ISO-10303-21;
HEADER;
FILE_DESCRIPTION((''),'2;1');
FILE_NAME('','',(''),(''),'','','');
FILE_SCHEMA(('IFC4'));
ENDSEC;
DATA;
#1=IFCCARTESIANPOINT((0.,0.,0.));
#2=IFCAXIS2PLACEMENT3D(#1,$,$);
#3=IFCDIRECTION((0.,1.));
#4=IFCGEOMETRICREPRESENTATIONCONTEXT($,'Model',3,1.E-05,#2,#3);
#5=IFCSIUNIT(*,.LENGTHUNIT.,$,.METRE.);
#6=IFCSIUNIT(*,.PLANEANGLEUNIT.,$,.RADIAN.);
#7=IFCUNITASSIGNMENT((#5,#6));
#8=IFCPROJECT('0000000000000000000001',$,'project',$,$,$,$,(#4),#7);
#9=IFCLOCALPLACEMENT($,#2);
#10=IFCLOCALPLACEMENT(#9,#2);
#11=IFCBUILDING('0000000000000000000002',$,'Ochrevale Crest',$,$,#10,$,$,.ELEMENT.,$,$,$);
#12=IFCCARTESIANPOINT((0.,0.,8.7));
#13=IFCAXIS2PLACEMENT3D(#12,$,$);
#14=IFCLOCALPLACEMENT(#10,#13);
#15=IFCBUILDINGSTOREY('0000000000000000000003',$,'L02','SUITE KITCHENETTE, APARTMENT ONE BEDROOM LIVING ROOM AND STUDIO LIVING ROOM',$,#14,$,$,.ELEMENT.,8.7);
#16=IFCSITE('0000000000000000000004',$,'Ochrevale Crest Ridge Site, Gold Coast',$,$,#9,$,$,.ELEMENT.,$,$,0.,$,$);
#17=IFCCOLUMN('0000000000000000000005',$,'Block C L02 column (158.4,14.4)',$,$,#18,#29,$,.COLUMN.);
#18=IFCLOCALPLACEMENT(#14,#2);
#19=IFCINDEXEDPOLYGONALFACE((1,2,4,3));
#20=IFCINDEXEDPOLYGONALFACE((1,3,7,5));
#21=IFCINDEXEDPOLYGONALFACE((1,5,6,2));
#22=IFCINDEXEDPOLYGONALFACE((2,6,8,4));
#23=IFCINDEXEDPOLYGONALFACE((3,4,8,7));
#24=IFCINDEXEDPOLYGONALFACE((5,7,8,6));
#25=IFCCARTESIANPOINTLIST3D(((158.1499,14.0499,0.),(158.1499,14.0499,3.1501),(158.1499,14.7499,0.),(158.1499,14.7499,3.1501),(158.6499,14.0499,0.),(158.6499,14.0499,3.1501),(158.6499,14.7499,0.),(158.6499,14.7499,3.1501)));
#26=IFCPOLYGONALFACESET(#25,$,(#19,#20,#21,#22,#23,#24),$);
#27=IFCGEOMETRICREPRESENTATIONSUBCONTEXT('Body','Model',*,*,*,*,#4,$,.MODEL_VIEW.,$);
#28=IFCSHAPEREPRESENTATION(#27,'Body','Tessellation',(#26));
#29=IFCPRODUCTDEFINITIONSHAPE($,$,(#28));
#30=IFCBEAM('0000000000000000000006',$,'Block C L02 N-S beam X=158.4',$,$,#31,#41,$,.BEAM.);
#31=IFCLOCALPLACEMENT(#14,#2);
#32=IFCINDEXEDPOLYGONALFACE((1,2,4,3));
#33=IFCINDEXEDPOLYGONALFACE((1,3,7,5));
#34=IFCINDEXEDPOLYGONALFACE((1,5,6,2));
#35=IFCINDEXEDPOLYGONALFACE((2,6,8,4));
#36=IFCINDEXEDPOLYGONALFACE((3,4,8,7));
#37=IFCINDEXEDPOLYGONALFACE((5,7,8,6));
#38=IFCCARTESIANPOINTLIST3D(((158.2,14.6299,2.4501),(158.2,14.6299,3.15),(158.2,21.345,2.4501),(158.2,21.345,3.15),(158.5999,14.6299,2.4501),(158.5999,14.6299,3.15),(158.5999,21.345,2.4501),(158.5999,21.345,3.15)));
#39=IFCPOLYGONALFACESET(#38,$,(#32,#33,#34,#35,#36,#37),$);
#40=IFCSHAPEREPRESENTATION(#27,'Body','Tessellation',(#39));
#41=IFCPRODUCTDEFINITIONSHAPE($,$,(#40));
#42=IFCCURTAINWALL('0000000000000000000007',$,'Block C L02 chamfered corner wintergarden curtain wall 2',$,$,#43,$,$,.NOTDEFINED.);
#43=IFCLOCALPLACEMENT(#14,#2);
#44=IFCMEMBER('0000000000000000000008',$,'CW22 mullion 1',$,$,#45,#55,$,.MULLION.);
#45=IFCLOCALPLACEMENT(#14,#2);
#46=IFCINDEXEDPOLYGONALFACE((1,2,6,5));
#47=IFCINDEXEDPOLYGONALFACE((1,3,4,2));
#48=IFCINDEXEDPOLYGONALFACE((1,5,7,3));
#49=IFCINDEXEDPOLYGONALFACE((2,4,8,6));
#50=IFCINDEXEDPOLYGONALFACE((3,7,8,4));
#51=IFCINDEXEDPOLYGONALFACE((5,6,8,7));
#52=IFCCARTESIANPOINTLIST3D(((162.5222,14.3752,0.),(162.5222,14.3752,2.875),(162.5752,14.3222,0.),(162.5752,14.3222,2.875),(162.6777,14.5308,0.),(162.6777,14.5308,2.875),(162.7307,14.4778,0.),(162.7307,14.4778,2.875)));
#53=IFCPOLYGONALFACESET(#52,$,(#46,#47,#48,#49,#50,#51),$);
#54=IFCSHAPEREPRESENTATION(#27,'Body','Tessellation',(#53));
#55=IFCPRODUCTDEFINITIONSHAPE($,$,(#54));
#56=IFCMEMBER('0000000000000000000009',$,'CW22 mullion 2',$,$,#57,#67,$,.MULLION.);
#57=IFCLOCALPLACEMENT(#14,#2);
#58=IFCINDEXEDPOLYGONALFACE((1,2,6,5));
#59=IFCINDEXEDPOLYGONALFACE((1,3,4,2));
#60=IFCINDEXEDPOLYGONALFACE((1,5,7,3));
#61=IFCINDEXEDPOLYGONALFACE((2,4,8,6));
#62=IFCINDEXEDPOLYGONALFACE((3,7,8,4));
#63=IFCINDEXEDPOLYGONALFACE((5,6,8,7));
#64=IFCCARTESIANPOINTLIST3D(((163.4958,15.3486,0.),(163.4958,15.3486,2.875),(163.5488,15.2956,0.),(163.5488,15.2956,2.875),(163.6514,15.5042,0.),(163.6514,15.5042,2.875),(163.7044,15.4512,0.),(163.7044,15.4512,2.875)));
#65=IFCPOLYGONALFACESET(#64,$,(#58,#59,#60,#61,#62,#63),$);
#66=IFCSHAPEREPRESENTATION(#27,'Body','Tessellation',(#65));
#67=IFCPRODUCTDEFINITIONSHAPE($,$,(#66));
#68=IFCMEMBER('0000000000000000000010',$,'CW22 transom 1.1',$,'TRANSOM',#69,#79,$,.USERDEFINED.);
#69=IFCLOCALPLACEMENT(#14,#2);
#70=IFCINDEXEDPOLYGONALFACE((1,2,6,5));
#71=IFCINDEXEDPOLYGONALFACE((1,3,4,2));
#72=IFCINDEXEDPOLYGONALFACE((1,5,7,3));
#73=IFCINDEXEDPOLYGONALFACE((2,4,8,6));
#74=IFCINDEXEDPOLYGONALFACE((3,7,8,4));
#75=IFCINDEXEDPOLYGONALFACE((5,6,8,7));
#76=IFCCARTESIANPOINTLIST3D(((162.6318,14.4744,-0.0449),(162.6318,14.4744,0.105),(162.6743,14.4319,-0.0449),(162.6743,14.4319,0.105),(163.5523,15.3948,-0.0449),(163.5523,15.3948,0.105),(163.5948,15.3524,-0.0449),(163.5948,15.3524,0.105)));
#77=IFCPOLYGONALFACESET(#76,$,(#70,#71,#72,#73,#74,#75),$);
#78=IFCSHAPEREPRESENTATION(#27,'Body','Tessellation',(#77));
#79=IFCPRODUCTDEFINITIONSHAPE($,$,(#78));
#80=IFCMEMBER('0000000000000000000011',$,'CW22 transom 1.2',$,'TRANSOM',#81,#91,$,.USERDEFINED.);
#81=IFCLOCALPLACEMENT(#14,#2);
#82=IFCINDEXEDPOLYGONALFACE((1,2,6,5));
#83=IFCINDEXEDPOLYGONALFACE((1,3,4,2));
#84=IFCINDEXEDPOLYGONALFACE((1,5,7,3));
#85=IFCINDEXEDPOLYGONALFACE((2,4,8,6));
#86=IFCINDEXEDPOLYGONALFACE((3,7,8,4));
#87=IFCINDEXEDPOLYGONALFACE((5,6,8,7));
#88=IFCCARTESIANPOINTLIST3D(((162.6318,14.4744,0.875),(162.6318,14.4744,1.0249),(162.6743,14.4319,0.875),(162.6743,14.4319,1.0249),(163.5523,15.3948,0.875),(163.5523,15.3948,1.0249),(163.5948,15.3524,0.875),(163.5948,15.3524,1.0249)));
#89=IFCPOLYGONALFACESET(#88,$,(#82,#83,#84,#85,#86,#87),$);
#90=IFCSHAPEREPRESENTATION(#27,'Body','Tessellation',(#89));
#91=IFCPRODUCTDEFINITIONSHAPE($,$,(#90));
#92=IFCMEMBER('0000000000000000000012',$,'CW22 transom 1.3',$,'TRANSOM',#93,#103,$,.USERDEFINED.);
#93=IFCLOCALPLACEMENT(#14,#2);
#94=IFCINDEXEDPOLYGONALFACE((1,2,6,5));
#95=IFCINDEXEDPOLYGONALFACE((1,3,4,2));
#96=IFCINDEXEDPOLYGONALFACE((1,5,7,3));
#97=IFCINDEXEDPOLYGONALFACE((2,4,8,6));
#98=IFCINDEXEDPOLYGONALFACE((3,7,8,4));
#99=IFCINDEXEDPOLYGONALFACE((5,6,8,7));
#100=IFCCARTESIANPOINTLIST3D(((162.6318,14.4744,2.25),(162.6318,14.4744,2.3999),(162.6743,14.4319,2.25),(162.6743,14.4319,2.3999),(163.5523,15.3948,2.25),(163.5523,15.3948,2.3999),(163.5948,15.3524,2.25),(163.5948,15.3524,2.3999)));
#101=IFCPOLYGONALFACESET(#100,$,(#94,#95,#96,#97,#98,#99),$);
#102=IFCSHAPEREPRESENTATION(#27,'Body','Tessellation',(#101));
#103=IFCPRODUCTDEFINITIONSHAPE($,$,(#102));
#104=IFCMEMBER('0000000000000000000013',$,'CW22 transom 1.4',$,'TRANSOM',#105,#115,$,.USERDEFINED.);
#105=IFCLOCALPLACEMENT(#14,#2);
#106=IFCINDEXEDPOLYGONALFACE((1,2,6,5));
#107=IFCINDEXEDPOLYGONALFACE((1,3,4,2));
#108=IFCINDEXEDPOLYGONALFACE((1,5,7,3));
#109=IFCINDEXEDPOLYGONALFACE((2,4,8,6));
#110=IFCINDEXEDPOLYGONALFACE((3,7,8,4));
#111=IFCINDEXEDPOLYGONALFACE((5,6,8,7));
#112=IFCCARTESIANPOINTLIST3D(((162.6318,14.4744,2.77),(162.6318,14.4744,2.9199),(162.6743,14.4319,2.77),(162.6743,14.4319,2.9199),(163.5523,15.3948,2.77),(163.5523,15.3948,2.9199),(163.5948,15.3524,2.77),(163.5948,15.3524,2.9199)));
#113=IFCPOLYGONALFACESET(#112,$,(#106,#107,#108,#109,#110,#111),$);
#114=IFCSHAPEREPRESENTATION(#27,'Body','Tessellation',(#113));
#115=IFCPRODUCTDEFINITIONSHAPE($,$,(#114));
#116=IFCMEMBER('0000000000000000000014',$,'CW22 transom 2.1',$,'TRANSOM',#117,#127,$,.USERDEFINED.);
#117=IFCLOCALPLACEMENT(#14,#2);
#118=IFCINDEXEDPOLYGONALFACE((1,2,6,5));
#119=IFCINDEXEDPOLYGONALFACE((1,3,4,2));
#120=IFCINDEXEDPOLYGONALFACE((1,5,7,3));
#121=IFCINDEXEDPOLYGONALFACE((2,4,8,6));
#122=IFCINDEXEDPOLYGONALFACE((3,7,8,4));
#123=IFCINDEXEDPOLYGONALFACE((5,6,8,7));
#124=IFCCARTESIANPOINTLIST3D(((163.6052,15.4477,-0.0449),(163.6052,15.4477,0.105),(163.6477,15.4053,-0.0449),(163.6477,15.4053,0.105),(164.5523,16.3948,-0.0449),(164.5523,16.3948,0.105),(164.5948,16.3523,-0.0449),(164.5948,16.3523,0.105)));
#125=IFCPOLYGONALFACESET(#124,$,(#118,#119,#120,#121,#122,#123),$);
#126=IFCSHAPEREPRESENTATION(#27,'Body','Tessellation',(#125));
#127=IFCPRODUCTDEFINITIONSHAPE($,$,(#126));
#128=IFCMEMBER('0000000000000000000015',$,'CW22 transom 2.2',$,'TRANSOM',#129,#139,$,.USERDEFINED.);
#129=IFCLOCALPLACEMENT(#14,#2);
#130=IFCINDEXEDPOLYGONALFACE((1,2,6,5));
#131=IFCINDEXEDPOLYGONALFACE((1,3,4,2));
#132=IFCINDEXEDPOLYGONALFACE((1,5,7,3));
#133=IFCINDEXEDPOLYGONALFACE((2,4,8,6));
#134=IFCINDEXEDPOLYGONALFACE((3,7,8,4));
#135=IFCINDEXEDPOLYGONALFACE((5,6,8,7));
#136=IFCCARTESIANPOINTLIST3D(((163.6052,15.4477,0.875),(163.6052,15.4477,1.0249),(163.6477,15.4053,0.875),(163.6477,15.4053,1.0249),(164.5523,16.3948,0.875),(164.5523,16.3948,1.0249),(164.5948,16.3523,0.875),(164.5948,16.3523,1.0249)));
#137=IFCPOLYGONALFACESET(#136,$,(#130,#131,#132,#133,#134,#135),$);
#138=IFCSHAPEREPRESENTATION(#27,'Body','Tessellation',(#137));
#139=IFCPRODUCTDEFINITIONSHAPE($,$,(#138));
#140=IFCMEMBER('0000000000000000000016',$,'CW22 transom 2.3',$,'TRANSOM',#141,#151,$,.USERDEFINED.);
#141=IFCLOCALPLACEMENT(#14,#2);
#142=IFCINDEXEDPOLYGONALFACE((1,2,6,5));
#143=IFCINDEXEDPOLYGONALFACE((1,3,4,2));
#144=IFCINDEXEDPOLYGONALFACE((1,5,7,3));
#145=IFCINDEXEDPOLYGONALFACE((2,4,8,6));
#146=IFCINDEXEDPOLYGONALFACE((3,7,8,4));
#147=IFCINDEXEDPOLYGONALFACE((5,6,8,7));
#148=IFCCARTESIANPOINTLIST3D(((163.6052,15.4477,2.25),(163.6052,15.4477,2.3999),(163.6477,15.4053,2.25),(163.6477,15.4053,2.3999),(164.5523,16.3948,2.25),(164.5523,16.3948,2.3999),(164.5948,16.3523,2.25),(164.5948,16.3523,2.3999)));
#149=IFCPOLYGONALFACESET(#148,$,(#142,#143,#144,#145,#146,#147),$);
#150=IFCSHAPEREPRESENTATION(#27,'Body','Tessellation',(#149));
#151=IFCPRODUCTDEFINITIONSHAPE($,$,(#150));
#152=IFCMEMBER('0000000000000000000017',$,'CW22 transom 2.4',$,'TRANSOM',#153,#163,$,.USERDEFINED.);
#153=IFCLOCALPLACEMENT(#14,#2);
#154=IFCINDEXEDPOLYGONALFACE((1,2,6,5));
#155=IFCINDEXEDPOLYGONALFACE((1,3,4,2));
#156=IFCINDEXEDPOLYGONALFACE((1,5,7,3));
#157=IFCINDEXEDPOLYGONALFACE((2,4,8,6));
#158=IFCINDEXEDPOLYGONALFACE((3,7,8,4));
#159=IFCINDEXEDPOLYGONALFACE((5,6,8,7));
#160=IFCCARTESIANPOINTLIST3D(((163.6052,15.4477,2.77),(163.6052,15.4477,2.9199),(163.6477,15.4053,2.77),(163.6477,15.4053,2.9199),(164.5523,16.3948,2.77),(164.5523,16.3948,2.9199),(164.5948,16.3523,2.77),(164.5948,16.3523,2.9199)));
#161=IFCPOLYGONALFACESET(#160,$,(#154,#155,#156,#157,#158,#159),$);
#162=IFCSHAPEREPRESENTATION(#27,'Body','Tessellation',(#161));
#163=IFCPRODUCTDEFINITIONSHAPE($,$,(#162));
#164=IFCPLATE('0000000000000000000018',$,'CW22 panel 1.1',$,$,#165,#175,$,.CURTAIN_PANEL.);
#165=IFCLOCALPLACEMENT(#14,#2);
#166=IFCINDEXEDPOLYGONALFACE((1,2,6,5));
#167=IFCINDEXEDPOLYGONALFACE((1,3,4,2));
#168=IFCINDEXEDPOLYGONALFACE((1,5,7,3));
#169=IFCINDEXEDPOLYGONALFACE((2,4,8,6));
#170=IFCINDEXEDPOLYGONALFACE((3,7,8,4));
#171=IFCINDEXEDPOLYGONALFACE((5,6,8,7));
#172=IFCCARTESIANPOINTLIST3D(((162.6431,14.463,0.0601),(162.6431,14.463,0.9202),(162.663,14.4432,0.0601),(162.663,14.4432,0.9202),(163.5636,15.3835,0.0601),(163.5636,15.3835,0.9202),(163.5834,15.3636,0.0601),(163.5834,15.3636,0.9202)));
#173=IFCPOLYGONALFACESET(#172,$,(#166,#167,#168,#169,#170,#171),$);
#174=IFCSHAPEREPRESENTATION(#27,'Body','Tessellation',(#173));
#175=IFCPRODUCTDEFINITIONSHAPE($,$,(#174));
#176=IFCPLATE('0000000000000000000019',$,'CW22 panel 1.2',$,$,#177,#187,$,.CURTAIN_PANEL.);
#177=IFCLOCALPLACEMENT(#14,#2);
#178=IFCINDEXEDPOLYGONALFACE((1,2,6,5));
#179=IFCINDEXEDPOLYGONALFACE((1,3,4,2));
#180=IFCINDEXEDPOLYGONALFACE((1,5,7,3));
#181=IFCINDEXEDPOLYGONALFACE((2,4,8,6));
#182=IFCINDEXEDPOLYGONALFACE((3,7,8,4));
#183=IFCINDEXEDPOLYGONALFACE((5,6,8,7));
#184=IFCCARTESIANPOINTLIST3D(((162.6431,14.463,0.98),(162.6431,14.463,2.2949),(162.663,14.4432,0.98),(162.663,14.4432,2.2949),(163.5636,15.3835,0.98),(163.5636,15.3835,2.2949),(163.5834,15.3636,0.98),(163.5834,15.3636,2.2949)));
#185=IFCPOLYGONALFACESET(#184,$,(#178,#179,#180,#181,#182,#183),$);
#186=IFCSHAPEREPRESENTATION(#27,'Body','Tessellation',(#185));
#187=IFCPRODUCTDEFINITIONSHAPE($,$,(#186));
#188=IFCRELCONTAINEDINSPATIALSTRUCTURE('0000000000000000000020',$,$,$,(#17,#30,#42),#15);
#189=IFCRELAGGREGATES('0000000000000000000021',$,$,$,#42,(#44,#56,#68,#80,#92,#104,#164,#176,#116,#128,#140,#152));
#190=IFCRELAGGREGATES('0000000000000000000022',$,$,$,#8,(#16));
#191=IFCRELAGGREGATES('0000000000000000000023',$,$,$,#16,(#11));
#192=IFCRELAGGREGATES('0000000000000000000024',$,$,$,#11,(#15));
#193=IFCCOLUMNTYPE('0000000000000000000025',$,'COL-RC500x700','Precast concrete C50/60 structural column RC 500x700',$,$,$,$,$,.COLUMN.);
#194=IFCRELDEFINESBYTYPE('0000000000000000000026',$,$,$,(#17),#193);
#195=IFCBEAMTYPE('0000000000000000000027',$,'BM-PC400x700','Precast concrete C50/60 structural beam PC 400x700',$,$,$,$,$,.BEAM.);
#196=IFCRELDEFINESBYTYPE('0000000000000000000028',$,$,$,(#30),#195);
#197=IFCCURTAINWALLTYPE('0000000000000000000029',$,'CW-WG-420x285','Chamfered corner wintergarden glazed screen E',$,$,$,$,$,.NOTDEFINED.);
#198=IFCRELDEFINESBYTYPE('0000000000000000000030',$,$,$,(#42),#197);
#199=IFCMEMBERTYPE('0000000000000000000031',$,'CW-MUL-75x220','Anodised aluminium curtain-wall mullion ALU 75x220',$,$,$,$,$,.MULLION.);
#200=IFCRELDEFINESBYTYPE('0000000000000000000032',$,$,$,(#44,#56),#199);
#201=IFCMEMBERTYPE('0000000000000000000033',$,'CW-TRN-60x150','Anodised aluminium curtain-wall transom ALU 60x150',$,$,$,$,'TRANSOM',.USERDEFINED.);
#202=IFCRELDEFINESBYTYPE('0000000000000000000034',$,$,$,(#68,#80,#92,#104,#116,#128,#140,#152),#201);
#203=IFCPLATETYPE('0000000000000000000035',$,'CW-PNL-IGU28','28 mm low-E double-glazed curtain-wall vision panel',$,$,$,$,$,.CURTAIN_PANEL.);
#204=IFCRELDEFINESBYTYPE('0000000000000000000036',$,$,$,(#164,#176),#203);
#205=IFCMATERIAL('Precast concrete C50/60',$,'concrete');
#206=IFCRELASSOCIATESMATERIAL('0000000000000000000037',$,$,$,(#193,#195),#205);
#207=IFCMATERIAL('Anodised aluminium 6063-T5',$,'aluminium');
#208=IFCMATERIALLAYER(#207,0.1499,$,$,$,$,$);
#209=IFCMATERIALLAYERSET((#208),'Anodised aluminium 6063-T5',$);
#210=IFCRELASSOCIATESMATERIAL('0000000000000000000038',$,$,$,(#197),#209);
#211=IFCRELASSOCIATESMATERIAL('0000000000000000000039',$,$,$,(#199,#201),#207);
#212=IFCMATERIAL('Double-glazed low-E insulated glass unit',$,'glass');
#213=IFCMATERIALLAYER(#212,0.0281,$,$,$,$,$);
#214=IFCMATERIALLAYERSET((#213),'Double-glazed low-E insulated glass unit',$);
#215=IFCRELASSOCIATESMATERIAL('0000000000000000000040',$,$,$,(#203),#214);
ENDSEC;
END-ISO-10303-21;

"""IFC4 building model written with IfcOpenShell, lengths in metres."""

from ifc_helpers import new_model, si_unit, direction, frame, origin, origin_2d, place, context, subcontext, project, spatial, rectangle, extrude, material, layer, layer_set, material_profile, profile_set, type_object, element, aggregate, save


model = new_model("IFC4")

# Units and contexts
model_context = context("Model", 3, precision=1e-05, world=origin(), true_north=direction((0.0, 1.0)))
body_context = subcontext(model_context, "Body", "Model", "MODEL_VIEW")
ifc_project = project(units=[si_unit("LENGTHUNIT", "METRE"), si_unit("PLANEANGLEUNIT", "RADIAN")], contexts=[model_context])

# Site, building, storey
site_placement = place(None, origin())
site = spatial("IfcSite", under=ifc_project, at=site_placement, Name="Ochrevale Crest Ridge Site, Gold Coast", CompositionType="ELEMENT", RefElevation=0.0)
building_placement = place(site_placement, origin())
building = spatial("IfcBuilding", under=site, at=building_placement, Name="Ochrevale Crest", CompositionType="ELEMENT")
storey_placement = place(building_placement, frame((0.0, 0.0, 8.7)))
storey = spatial("IfcBuildingStorey", under=building, at=storey_placement, Name="L02", Description="SUITE KITCHENETTE, APARTMENT ONE BEDROOM LIVING ROOM AND STUDIO LIVING ROOM", CompositionType="ELEMENT", Elevation=8.7)

# Column
ifc_material_1 = material(Name="Precast concrete C50/60", Category="concrete")
ifc_material_profile_1 = material_profile(ifc_material_1, rectangle(XDim=0.5, YDim=0.7, at=origin_2d()), Name="RC 500x700")
ifc_profile_set_1 = profile_set([ifc_material_profile_1], Name="Precast concrete C50/60")
column_type = type_object("IfcColumnType", Name="COL-RC500x700", Description="Precast concrete C50/60 structural column RC 500x700", PredefinedType="COLUMN", material=ifc_profile_set_1)
column_placement = place(storey_placement, frame((158.3999, 14.3999, 0.0), z_axis=(0.0, 0.0, 1.0), x_axis=(1.0, 0.0, 0.0)))
element("IfcColumn", 1, at=column_placement, inside=storey, type_object=column_type, Name="Block C L02 column (158.4,14.4)", PredefinedType="COLUMN", context=body_context, shape_type="SweptSolid", body=[
    extrude(rectangle(XDim=0.5, YDim=0.7, at=origin_2d()), origin(), (0.0, 0.0, 1.0), 3.1501),
])

# Beam
ifc_material_profile_2 = material_profile(ifc_material_1, rectangle(XDim=0.3999, YDim=0.7, at=origin_2d()), Name="PC 400x700")
ifc_profile_set_2 = profile_set([ifc_material_profile_2], Name="Precast concrete C50/60")
beam_type = type_object("IfcBeamType", Name="BM-PC400x700", Description="Precast concrete C50/60 structural beam PC 400x700", PredefinedType="BEAM", material=ifc_profile_set_2)
beam_placement = place(storey_placement, frame((158.3999, 14.6299, 2.8), z_axis=(0.0, 1.0, 0.0), x_axis=(-1.0, 0.0, 0.0)))
element("IfcBeam", 2, at=beam_placement, inside=storey, type_object=beam_type, Name="Block C L02 N-S beam X=158.4", PredefinedType="BEAM", context=body_context, shape_type="SweptSolid", body=[
    extrude(rectangle(XDim=0.3999, YDim=0.7, at=origin_2d()), origin(), (0.0, 0.0, 1.0), 6.7151),
])

# Curtain wall, members, plates
ifc_material_2 = material(Name="Anodised aluminium 6063-T5", Category="aluminium")
ifc_layer_1 = layer(ifc_material_2, 0.1499)
ifc_layer_set_1 = layer_set([ifc_layer_1], Name="Anodised aluminium 6063-T5")
curtain_wall_type = type_object("IfcCurtainWallType", Name="CW-WG-420x285", Description="Chamfered corner wintergarden glazed screen E", PredefinedType="NOTDEFINED", material=ifc_layer_set_1)
curtain_wall_placement = place(storey_placement, origin())
curtain_wall = element("IfcCurtainWall", 3, at=curtain_wall_placement, inside=storey, type_object=curtain_wall_type, Name="Block C L02 chamfered corner wintergarden curtain wall 2", PredefinedType="NOTDEFINED")
ifc_material_profile_3 = material_profile(ifc_material_2, rectangle(XDim=0.075, YDim=0.22, at=origin_2d()), Name="ALU 75x220")
ifc_profile_set_3 = profile_set([ifc_material_profile_3], Name="Anodised aluminium 6063-T5")
member_type_1 = type_object("IfcMemberType", Name="CW-MUL-75x220", Description="Anodised aluminium curtain-wall mullion ALU 75x220", PredefinedType="MULLION", material=ifc_profile_set_3)
member_1_placement = place(storey_placement, frame((162.6265, 14.4265, 0.0), z_axis=(0.0, 0.0, 1.0), x_axis=(-0.707107, 0.707107, 0.0)))
member_1 = element("IfcMember", 4, at=member_1_placement, type_object=member_type_1, Name="CW22 mullion 1", PredefinedType="MULLION", context=body_context, shape_type="SweptSolid", body=[
    extrude(rectangle(XDim=0.075, YDim=0.22, at=origin_2d()), origin(), (0.0, 0.0, 1.0), 2.875),
])
member_2_placement = place(storey_placement, frame((163.6001, 15.3999, 0.0), z_axis=(0.0, 0.0, 1.0), x_axis=(-0.707107, 0.707107, 0.0)))
member_2 = element("IfcMember", 5, at=member_2_placement, type_object=member_type_1, Name="CW22 mullion 2", PredefinedType="MULLION", context=body_context, shape_type="SweptSolid", body=[
    extrude(rectangle(XDim=0.075, YDim=0.22, at=origin_2d()), origin(), (0.0, 0.0, 1.0), 2.875),
])
ifc_material_profile_4 = material_profile(ifc_material_2, rectangle(XDim=0.0601, YDim=0.1499, at=origin_2d()), Name="ALU 60x150")
ifc_profile_set_4 = profile_set([ifc_material_profile_4], Name="Anodised aluminium 6063-T5")
member_type_2 = type_object("IfcMemberType", Name="CW-TRN-60x150", Description="Anodised aluminium curtain-wall transom ALU 60x150", ElementType="TRANSOM", PredefinedType="USERDEFINED", material=ifc_profile_set_4)
member_3_placement = place(storey_placement, frame((162.6531, 14.4531, 0.03), z_axis=(0.707107, 0.707107, 0.0), x_axis=(-0.707107, 0.707107, 0.0)))
member_3 = element("IfcMember", 6, at=member_3_placement, type_object=member_type_2, Name="CW22 transom 1.1", ObjectType="TRANSOM", PredefinedType="USERDEFINED", context=body_context, shape_type="SweptSolid", body=[
    extrude(rectangle(XDim=0.0601, YDim=0.1499, at=origin_2d()), origin(), (0.0, 0.0, 1.0), 1.3018),
])
member_4_placement = place(storey_placement, frame((162.6531, 14.4531, 0.95), z_axis=(0.707107, 0.707107, 0.0), x_axis=(-0.707107, 0.707107, 0.0)))
member_4 = element("IfcMember", 7, at=member_4_placement, type_object=member_type_2, Name="CW22 transom 1.2", ObjectType="TRANSOM", PredefinedType="USERDEFINED", context=body_context, shape_type="SweptSolid", body=[
    extrude(rectangle(XDim=0.0601, YDim=0.1499, at=origin_2d()), origin(), (0.0, 0.0, 1.0), 1.3018),
])
member_5_placement = place(storey_placement, frame((162.6531, 14.4531, 2.325), z_axis=(0.707107, 0.707107, 0.0), x_axis=(-0.707107, 0.707107, 0.0)))
member_5 = element("IfcMember", 8, at=member_5_placement, type_object=member_type_2, Name="CW22 transom 1.3", ObjectType="TRANSOM", PredefinedType="USERDEFINED", context=body_context, shape_type="SweptSolid", body=[
    extrude(rectangle(XDim=0.0601, YDim=0.1499, at=origin_2d()), origin(), (0.0, 0.0, 1.0), 1.3018),
])
member_6_placement = place(storey_placement, frame((162.6531, 14.4531, 2.845), z_axis=(0.707107, 0.707107, 0.0), x_axis=(-0.707107, 0.707107, 0.0)))
member_6 = element("IfcMember", 9, at=member_6_placement, type_object=member_type_2, Name="CW22 transom 1.4", ObjectType="TRANSOM", PredefinedType="USERDEFINED", context=body_context, shape_type="SweptSolid", body=[
    extrude(rectangle(XDim=0.0601, YDim=0.1499, at=origin_2d()), origin(), (0.0, 0.0, 1.0), 1.3018),
])
member_7_placement = place(storey_placement, frame((163.6265, 15.4265, 0.03), z_axis=(0.707107, 0.707107, 0.0), x_axis=(-0.707107, 0.707107, 0.0)))
member_7 = element("IfcMember", 10, at=member_7_placement, type_object=member_type_2, Name="CW22 transom 2.1", ObjectType="TRANSOM", PredefinedType="USERDEFINED", context=body_context, shape_type="SweptSolid", body=[
    extrude(rectangle(XDim=0.0601, YDim=0.1499, at=origin_2d()), origin(), (0.0, 0.0, 1.0), 1.3394),
])
member_8_placement = place(storey_placement, frame((163.6265, 15.4265, 0.95), z_axis=(0.707107, 0.707107, 0.0), x_axis=(-0.707107, 0.707107, 0.0)))
member_8 = element("IfcMember", 11, at=member_8_placement, type_object=member_type_2, Name="CW22 transom 2.2", ObjectType="TRANSOM", PredefinedType="USERDEFINED", context=body_context, shape_type="SweptSolid", body=[
    extrude(rectangle(XDim=0.0601, YDim=0.1499, at=origin_2d()), origin(), (0.0, 0.0, 1.0), 1.3394),
])
member_9_placement = place(storey_placement, frame((163.6265, 15.4265, 2.325), z_axis=(0.707107, 0.707107, 0.0), x_axis=(-0.707107, 0.707107, 0.0)))
member_9 = element("IfcMember", 12, at=member_9_placement, type_object=member_type_2, Name="CW22 transom 2.3", ObjectType="TRANSOM", PredefinedType="USERDEFINED", context=body_context, shape_type="SweptSolid", body=[
    extrude(rectangle(XDim=0.0601, YDim=0.1499, at=origin_2d()), origin(), (0.0, 0.0, 1.0), 1.3394),
])
member_10_placement = place(storey_placement, frame((163.6265, 15.4265, 2.845), z_axis=(0.707107, 0.707107, 0.0), x_axis=(-0.707107, 0.707107, 0.0)))
member_10 = element("IfcMember", 13, at=member_10_placement, type_object=member_type_2, Name="CW22 transom 2.4", ObjectType="TRANSOM", PredefinedType="USERDEFINED", context=body_context, shape_type="SweptSolid", body=[
    extrude(rectangle(XDim=0.0601, YDim=0.1499, at=origin_2d()), origin(), (0.0, 0.0, 1.0), 1.3394),
])
ifc_material_3 = material(Name="Double-glazed low-E insulated glass unit", Category="glass")
ifc_layer_2 = layer(ifc_material_3, 0.0281)
ifc_layer_set_2 = layer_set([ifc_layer_2], Name="Double-glazed low-E insulated glass unit")
plate_type_1 = type_object("IfcPlateType", Name="CW-PNL-IGU28", Description="28 mm low-E double-glazed curtain-wall vision panel", PredefinedType="CURTAIN_PANEL", material=ifc_layer_set_2)
plate_1_placement = place(storey_placement, frame((163.1133, 14.9133, 0.0601), z_axis=(0.0, 0.0, 1.0), x_axis=(0.707107, 0.707107, 0.0)))
plate_1 = element("IfcPlate", 14, at=plate_1_placement, type_object=plate_type_1, Name="CW22 panel 1.1", PredefinedType="CURTAIN_PANEL", context=body_context, shape_type="SweptSolid", body=[
    extrude(rectangle(XDim=1.3018, YDim=0.0281, at=origin_2d()), origin(), (0.0, 0.0, 1.0), 0.8601),
])
plate_2_placement = place(storey_placement, frame((163.1133, 14.9133, 0.98), z_axis=(0.0, 0.0, 1.0), x_axis=(0.707107, 0.707107, 0.0)))
plate_2 = element("IfcPlate", 15, at=plate_2_placement, type_object=plate_type_1, Name="CW22 panel 1.2", PredefinedType="CURTAIN_PANEL", context=body_context, shape_type="SweptSolid", body=[
    extrude(rectangle(XDim=1.3018, YDim=0.0281, at=origin_2d()), origin(), (0.0, 0.0, 1.0), 1.3149),
])
aggregate(curtain_wall, [member_1, member_2, member_3, member_4, member_5, member_6, plate_1, plate_2, member_7, member_8, member_9, member_10])

save(model, "model.ifc")
